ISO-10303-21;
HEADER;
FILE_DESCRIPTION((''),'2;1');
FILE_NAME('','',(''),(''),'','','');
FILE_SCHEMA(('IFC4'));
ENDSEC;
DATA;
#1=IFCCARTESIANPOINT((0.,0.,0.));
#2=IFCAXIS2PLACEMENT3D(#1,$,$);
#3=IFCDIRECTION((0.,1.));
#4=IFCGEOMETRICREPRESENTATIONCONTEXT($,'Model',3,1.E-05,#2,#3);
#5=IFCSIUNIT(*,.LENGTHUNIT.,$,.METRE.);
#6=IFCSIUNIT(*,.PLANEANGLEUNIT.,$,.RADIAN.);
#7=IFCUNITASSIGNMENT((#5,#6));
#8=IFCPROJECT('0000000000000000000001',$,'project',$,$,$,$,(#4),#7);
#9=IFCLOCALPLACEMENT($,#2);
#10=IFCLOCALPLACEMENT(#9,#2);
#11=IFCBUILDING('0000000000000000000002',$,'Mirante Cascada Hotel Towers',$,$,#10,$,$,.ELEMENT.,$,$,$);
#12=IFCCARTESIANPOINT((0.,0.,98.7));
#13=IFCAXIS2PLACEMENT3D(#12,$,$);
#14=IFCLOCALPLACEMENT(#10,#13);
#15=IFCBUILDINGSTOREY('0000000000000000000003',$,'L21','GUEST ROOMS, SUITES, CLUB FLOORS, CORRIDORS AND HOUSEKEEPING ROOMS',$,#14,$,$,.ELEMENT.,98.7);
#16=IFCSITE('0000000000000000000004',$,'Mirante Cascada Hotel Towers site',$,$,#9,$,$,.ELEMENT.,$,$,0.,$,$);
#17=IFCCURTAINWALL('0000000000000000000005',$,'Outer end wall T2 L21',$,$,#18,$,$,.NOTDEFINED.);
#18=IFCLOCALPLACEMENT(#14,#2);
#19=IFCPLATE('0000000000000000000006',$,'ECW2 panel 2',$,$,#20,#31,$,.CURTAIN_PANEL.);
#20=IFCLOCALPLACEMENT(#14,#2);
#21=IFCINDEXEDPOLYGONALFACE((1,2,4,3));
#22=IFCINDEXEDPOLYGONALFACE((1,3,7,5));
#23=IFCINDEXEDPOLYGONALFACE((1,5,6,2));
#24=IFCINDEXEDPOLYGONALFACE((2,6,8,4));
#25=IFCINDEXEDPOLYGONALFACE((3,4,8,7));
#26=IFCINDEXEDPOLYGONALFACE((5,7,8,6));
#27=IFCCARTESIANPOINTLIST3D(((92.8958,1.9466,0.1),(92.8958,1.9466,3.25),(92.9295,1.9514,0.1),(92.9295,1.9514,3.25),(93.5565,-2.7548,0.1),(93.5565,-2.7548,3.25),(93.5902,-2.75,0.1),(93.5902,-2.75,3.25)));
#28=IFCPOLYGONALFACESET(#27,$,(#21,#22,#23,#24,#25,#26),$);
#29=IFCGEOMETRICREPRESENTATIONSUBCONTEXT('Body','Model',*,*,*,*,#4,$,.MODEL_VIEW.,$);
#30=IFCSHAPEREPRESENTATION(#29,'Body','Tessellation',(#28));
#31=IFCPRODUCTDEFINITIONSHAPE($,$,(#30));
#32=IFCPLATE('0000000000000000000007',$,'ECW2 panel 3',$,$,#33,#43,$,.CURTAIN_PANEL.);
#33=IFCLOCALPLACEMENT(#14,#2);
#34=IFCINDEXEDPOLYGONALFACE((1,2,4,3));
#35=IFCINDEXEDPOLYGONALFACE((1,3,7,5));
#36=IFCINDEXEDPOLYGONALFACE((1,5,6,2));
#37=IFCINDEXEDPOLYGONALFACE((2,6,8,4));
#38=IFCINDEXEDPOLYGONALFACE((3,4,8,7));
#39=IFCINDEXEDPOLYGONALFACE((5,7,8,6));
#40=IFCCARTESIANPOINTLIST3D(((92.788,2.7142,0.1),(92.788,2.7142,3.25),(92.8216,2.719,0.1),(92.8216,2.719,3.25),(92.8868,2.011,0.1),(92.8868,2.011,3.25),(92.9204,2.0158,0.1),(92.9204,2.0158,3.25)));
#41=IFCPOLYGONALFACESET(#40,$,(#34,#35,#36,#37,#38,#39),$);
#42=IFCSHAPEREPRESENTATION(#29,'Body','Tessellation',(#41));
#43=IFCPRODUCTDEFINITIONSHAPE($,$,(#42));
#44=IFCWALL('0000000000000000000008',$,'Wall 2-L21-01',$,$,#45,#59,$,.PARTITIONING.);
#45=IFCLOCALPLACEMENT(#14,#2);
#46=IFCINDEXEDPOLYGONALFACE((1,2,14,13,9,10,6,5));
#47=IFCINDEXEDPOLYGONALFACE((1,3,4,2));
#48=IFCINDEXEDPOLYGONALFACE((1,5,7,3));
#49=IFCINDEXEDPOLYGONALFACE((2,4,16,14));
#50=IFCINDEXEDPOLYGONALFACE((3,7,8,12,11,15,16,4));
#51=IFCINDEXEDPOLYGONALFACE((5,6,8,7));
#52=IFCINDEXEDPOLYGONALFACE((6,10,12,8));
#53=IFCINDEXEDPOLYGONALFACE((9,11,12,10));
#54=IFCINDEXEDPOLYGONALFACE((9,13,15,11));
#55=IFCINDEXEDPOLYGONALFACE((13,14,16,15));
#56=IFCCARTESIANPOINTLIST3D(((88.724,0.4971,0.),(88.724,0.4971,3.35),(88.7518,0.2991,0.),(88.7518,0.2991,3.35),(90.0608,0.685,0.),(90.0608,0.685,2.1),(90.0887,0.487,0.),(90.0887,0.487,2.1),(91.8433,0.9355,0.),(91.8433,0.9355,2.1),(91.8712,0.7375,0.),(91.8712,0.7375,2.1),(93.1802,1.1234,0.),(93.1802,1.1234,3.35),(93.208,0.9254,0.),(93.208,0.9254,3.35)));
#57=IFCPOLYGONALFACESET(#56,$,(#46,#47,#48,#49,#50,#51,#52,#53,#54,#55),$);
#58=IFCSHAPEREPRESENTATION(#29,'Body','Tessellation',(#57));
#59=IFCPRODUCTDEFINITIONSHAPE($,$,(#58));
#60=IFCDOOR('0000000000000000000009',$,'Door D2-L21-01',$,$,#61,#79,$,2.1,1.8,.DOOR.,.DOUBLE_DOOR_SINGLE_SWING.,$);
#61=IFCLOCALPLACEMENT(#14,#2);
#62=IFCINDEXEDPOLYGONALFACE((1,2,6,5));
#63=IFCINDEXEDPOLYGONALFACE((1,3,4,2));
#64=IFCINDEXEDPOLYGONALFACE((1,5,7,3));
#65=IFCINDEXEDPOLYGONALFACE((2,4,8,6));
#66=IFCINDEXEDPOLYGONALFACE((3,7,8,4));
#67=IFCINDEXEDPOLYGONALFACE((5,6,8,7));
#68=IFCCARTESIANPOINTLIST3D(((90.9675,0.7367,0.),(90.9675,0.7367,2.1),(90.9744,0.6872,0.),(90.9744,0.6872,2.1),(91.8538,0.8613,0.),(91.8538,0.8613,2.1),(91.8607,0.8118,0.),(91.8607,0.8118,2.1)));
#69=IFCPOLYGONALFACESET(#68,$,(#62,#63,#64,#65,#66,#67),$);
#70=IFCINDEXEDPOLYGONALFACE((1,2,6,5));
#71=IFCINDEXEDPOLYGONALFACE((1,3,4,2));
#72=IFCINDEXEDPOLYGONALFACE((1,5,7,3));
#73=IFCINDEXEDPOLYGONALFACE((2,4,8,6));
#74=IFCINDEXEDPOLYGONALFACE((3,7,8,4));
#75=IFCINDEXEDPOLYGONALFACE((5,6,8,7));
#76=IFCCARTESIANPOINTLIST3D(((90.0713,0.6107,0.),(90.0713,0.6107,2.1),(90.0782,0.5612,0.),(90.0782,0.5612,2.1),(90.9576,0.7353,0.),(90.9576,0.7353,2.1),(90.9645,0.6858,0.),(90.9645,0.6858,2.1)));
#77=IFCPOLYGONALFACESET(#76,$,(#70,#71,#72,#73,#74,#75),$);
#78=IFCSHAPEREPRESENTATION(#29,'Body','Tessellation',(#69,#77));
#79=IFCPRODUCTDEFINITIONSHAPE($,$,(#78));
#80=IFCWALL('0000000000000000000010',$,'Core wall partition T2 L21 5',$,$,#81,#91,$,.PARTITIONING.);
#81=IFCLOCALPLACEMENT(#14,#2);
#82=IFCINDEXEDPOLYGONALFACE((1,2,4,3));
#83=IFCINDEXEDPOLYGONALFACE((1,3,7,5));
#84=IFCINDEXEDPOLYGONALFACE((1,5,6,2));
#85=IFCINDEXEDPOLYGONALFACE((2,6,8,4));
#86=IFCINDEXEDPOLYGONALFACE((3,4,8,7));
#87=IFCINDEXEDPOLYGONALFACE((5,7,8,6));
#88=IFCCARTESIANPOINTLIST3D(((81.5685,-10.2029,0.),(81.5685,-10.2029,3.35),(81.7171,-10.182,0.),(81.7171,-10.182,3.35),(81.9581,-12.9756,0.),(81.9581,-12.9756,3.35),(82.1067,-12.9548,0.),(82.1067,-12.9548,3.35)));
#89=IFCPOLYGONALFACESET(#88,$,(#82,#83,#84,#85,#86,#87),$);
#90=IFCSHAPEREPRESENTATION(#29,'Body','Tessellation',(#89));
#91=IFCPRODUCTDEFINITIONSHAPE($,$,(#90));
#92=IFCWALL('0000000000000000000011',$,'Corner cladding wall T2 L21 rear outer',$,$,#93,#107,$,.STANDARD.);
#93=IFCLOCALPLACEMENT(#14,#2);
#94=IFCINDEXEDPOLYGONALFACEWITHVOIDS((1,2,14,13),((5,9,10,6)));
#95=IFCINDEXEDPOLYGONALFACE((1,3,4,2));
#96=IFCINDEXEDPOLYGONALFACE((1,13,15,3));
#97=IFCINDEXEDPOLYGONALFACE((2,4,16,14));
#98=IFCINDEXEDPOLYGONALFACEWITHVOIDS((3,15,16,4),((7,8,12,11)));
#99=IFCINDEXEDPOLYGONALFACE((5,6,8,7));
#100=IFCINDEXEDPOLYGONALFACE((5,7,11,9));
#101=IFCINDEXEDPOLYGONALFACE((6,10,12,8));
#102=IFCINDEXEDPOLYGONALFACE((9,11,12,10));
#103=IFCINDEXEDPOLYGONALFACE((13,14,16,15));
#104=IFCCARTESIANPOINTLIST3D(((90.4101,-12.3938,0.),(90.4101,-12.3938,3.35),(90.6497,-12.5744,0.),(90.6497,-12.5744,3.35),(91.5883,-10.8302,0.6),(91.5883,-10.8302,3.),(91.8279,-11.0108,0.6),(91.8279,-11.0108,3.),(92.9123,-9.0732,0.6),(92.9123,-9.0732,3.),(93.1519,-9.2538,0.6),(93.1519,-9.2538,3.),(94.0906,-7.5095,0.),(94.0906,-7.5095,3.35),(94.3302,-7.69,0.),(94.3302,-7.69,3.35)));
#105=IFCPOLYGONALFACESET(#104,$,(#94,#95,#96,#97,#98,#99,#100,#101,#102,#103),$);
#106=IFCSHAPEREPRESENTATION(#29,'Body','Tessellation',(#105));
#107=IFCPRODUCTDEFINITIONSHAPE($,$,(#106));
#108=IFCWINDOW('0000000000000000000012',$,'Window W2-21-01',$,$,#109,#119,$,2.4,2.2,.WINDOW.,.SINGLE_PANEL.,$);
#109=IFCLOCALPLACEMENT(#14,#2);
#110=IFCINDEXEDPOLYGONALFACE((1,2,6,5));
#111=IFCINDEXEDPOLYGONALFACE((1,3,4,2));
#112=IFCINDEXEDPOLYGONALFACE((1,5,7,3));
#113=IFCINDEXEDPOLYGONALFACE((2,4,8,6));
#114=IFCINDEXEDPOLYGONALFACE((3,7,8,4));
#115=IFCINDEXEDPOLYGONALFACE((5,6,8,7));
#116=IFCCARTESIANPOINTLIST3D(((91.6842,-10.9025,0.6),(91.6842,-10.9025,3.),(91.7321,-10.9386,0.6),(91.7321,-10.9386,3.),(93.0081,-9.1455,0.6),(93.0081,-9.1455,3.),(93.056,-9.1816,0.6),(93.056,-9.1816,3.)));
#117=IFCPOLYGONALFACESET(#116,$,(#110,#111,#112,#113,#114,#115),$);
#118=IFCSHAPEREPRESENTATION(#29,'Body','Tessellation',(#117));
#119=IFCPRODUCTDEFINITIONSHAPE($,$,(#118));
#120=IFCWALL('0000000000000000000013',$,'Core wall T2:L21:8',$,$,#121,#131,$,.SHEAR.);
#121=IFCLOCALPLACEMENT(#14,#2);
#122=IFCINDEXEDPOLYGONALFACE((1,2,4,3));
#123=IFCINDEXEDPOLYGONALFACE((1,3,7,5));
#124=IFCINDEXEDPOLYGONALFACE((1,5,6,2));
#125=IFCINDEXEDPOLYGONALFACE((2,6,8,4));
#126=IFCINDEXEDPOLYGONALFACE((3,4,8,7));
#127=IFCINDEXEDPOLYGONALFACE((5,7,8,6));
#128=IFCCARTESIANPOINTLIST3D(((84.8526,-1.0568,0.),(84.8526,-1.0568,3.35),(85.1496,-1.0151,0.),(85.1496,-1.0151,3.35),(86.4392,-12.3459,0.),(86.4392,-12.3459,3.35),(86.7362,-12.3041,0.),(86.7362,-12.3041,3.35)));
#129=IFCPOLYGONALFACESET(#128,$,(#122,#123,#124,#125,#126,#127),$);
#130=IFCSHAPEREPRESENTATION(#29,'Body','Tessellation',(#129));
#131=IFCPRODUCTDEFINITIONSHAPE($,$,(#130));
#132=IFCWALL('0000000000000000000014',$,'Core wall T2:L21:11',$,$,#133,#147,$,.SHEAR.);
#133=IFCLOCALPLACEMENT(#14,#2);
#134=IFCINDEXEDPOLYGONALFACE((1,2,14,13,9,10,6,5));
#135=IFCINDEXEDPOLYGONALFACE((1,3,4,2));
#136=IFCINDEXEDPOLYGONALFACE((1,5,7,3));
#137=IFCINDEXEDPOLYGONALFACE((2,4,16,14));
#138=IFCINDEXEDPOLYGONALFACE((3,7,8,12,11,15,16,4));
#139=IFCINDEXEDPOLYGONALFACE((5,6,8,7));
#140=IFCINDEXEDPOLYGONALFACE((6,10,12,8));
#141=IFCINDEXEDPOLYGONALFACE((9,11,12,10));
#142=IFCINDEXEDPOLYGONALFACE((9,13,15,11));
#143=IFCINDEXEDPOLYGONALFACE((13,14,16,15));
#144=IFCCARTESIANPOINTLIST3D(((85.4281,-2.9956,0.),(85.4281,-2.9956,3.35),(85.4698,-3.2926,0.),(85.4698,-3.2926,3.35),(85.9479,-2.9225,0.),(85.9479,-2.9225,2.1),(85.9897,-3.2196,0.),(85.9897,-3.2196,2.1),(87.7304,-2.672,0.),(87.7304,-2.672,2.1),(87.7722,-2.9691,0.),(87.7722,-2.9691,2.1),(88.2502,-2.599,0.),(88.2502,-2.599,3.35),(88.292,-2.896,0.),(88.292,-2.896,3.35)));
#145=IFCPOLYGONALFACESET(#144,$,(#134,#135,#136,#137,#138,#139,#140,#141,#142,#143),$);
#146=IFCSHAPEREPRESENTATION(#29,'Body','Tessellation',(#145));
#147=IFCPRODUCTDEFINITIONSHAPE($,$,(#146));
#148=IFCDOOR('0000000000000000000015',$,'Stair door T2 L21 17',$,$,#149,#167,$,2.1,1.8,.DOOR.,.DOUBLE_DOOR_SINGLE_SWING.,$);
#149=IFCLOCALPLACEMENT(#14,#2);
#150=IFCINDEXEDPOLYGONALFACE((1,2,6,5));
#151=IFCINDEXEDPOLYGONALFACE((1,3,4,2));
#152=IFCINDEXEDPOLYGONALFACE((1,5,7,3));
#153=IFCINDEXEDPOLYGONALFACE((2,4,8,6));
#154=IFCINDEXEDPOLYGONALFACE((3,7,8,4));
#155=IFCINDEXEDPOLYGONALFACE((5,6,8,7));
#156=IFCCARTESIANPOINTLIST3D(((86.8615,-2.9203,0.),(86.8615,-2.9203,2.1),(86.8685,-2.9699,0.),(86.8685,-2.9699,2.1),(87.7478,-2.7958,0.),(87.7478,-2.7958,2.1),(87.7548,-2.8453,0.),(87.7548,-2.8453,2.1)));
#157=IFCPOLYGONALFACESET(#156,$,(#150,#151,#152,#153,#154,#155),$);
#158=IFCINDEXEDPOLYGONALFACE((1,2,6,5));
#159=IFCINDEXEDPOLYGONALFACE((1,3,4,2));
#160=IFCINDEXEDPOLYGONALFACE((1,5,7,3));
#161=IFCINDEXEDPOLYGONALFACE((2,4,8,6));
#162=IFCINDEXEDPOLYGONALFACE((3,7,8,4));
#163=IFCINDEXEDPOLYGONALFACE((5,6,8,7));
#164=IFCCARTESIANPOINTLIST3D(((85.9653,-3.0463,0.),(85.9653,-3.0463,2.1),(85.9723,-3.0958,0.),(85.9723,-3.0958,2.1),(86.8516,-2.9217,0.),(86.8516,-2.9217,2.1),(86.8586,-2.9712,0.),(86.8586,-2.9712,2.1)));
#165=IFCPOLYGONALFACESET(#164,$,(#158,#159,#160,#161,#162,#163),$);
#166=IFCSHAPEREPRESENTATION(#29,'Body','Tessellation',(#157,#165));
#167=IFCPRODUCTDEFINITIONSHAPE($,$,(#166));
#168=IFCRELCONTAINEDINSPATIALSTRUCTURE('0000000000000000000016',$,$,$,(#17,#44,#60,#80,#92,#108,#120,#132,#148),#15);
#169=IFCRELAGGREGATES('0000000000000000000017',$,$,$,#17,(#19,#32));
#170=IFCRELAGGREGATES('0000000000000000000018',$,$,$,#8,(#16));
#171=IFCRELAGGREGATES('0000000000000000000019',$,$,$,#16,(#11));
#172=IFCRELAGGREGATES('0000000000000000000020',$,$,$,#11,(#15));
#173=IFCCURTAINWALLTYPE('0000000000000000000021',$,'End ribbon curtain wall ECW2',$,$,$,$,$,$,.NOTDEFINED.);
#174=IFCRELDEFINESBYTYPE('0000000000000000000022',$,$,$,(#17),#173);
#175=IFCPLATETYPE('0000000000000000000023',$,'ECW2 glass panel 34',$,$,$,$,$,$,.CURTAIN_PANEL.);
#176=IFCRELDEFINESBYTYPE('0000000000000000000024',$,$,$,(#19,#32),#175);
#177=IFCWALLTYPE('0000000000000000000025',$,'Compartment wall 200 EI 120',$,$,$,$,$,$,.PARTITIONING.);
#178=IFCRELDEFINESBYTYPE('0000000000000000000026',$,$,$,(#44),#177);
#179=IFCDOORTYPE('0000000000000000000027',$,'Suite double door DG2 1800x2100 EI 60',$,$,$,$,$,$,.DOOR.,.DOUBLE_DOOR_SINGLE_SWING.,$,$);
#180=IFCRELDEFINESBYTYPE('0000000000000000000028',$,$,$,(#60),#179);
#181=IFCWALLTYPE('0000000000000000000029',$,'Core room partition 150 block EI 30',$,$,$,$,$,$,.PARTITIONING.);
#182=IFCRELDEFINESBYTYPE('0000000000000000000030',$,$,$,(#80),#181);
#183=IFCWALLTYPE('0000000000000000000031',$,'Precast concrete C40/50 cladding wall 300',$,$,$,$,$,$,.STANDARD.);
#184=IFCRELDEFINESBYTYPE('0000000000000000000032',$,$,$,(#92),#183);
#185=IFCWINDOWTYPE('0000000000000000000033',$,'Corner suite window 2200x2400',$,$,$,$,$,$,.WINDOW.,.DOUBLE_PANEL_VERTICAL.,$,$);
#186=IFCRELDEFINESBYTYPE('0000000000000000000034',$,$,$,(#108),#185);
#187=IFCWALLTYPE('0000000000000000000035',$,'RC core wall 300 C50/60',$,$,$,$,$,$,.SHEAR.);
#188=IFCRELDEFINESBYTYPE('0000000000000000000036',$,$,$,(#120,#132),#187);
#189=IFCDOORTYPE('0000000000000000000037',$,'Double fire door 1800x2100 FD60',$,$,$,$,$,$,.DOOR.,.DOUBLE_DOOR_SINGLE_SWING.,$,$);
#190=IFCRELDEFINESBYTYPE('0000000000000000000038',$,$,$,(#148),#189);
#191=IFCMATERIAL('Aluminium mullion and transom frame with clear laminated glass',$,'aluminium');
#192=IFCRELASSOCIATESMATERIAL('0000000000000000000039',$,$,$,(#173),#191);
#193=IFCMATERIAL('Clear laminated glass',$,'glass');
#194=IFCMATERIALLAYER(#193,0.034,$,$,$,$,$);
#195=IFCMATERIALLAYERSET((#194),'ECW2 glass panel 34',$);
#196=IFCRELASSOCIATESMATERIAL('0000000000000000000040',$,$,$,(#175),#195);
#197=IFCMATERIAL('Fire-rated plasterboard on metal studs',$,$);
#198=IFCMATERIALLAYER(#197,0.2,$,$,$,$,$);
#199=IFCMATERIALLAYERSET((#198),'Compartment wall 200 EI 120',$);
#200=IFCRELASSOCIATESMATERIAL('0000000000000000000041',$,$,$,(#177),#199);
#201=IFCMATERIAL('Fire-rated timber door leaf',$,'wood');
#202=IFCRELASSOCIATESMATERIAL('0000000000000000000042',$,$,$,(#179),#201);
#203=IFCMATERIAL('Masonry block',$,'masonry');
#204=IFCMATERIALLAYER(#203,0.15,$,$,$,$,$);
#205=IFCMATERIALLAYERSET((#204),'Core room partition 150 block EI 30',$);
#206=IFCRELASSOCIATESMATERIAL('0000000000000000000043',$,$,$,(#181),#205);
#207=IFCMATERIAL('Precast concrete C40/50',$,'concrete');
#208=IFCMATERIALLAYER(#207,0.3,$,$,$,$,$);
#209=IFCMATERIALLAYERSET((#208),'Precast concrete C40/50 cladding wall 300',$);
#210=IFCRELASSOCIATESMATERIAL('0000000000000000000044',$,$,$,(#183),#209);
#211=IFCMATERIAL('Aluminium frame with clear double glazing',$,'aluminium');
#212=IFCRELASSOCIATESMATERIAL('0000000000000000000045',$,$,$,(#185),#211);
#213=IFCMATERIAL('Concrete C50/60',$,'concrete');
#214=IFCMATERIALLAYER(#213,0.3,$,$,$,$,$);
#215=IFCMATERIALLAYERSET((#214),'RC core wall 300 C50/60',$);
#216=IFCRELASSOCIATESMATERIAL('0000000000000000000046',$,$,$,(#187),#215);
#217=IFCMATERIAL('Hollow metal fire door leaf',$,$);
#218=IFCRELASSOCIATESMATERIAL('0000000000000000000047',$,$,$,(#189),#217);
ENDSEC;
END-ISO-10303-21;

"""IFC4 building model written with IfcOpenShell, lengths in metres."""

from ifc_helpers import new_model, si_unit, direction, frame, frame_2d, origin, origin_2d, place, context, subcontext, project, spatial, rectangle, extrude, material, layer, layer_set, type_object, element, fill, aggregate, save


model = new_model("IFC4")

# Units and contexts
model_context = context("Model", 3, precision=1e-05, world=origin(), true_north=direction((0.0, 1.0)))
body_context = subcontext(model_context, "Body", "Model", "MODEL_VIEW")
ifc_project = project(units=[si_unit("LENGTHUNIT", "METRE"), si_unit("PLANEANGLEUNIT", "RADIAN")], contexts=[model_context])

# Site, building, storey
site_placement = place(None, origin())
site = spatial("IfcSite", under=ifc_project, at=site_placement, Name="Mirante Cascada Hotel Towers site", CompositionType="ELEMENT", RefElevation=0.0)
building_placement = place(site_placement, origin())
building = spatial("IfcBuilding", under=site, at=building_placement, Name="Mirante Cascada Hotel Towers", CompositionType="ELEMENT")
storey_placement = place(building_placement, frame((0.0, 0.0, 98.7)))
storey = spatial("IfcBuildingStorey", under=building, at=storey_placement, Name="L21", Description="GUEST ROOMS, SUITES, CLUB FLOORS, CORRIDORS AND HOUSEKEEPING ROOMS", CompositionType="ELEMENT", Elevation=98.7)

# Curtain wall, plates
ifc_material_1 = material(Name="Aluminium mullion and transom frame with clear laminated glass", Category="aluminium")
curtain_wall_type = type_object("IfcCurtainWallType", Name="End ribbon curtain wall ECW2", PredefinedType="NOTDEFINED", material=ifc_material_1)
curtain_wall_placement = place(storey_placement, origin())
curtain_wall = element("IfcCurtainWall", 1, at=curtain_wall_placement, inside=storey, type_object=curtain_wall_type, Name="Outer end wall T2 L21", PredefinedType="NOTDEFINED")
ifc_material_2 = material(Name="Clear laminated glass", Category="glass")
ifc_layer_1 = layer(ifc_material_2, 0.034)
ifc_layer_set_1 = layer_set([ifc_layer_1], Name="ECW2 glass panel 34")
plate_type = type_object("IfcPlateType", Name="ECW2 glass panel 34", PredefinedType="CURTAIN_PANEL", material=ifc_layer_set_1)
plate_1_placement = place(storey_placement, frame((93.243, -0.4017, 0.1), z_axis=(0.0, 0.0, 1.0), x_axis=(-0.139173, 0.990268, 0.0)))
plate_1 = element("IfcPlate", 2, at=plate_1_placement, type_object=plate_type, Name="ECW2 panel 2", PredefinedType="CURTAIN_PANEL", context=body_context, shape_type="SweptSolid", body=[
    extrude(rectangle(XDim=4.7476, YDim=0.034, at=origin_2d()), origin(), (0.0, 0.0, 1.0), 3.15),
])
plate_2_placement = place(storey_placement, frame((92.8542, 2.365, 0.1), z_axis=(0.0, 0.0, 1.0), x_axis=(-0.139173, 0.990268, 0.0)))
plate_2 = element("IfcPlate", 3, at=plate_2_placement, type_object=plate_type, Name="ECW2 panel 3", PredefinedType="CURTAIN_PANEL", context=body_context, shape_type="SweptSolid", body=[
    extrude(rectangle(XDim=0.7101, YDim=0.034, at=origin_2d()), origin(), (0.0, 0.0, 1.0), 3.15),
])
aggregate(curtain_wall, [plate_1, plate_2])

# Wall, opening, door
ifc_material_3 = material(Name="Fire-rated plasterboard on metal studs")
ifc_layer_2 = layer(ifc_material_3, 0.2)
ifc_layer_set_2 = layer_set([ifc_layer_2], Name="Compartment wall 200 EI 120")
wall_type_1 = type_object("IfcWallType", Name="Compartment wall 200 EI 120", PredefinedType="PARTITIONING", material=ifc_layer_set_2)
wall_1_placement = place(storey_placement, frame((93.1941, 1.0244, 0.0), z_axis=(0.0, 0.0, 1.0), x_axis=(-0.990267, -0.139178, 0.0)))
wall_1 = element("IfcWall", 4, at=wall_1_placement, inside=storey, type_object=wall_type_1, Name="Wall 2-L21-01", PredefinedType="PARTITIONING", context=body_context, shape_type="SweptSolid", body=[
    extrude(rectangle(XDim=4.5, YDim=0.2, at=frame_2d((2.25, 0.0))), origin(), (0.0, 0.0, 1.0), 3.35),
])
opening_1_placement = place(wall_1_placement, frame((1.35, 0.0, 0.0)))
opening_1 = element("IfcOpeningElement", 5, at=opening_1_placement, cuts=wall_1, PredefinedType="OPENING", context=body_context, shape_type="SweptSolid", body=[
    extrude(rectangle(XDim=1.8, YDim=2.1, at=frame_2d((0.9, 1.05))), frame((0.0, 0.1, 0.0), z_axis=(0.0, -1.0, 0.0), x_axis=(1.0, 0.0, 0.0)), (0.0, 0.0, 1.0), 0.2),
])
ifc_material_4 = material(Name="Fire-rated timber door leaf", Category="wood")
door_type_1 = type_object("IfcDoorType", Name="Suite double door DG2 1800x2100 EI 60", OperationType="DOUBLE_DOOR_SINGLE_SWING", PredefinedType="DOOR", material=ifc_material_4)
door_1_placement = place(opening_1_placement, origin())
door_1 = element("IfcDoor", 6, at=door_1_placement, inside=storey, type_object=door_type_1, Name="Door D2-L21-01", OperationType="DOUBLE_DOOR_SINGLE_SWING", OverallHeight=2.1, OverallWidth=1.8, PredefinedType="DOOR", context=body_context, shape_type="SweptSolid", body=[
    extrude(rectangle(XDim=0.895, YDim=2.1, at=frame_2d((0.4475, 1.05))), frame((0.0, 0.025, 0.0), z_axis=(0.0, -1.0, 0.0), x_axis=(1.0, 0.0, 0.0)), (0.0, 0.0, 1.0), 0.05),
    extrude(rectangle(XDim=0.895, YDim=2.1, at=frame_2d((1.3525, 1.05))), frame((0.0, 0.025, 0.0), z_axis=(0.0, -1.0, 0.0), x_axis=(1.0, 0.0, 0.0)), (0.0, 0.0, 1.0), 0.05),
])
fill(opening_1, door_1)

# Wall
ifc_material_5 = material(Name="Masonry block", Category="masonry")
ifc_layer_3 = layer(ifc_material_5, 0.15)
ifc_layer_set_3 = layer_set([ifc_layer_3], Name="Core room partition 150 block EI 30")
wall_type_2 = type_object("IfcWallType", Name="Core room partition 150 block EI 30", PredefinedType="PARTITIONING", material=ifc_layer_set_3)
wall_2_placement = place(storey_placement, frame((82.0324, -12.9652, 0.0), z_axis=(0.0, 0.0, 1.0), x_axis=(-0.139141, 0.990273, 0.0)))
element("IfcWall", 7, at=wall_2_placement, inside=storey, type_object=wall_type_2, Name="Core wall partition T2 L21 5", PredefinedType="PARTITIONING", context=body_context, shape_type="SweptSolid", body=[
    extrude(rectangle(XDim=2.8, YDim=0.15, at=frame_2d((1.4, 0.0))), origin(), (0.0, 0.0, 1.0), 3.35),
])

# Wall, opening, window
ifc_material_6 = material(Name="Precast concrete C40/50", Category="concrete")
ifc_layer_4 = layer(ifc_material_6, 0.3)
ifc_layer_set_4 = layer_set([ifc_layer_4], Name="Precast concrete C40/50 cladding wall 300")
wall_type_3 = type_object("IfcWallType", Name="Precast concrete C40/50 cladding wall 300", PredefinedType="STANDARD", material=ifc_layer_set_4)
wall_3_placement = place(storey_placement, frame((90.5299, -12.4841, 0.0), z_axis=(0.0, 0.0, 1.0), x_axis=(0.601806, 0.798642, 0.0)))
wall_3 = element("IfcWall", 8, at=wall_3_placement, inside=storey, type_object=wall_type_3, Name="Corner cladding wall T2 L21 rear outer", PredefinedType="STANDARD", context=body_context, shape_type="SweptSolid", body=[
    extrude(rectangle(XDim=6.1158, YDim=0.3, at=frame_2d((3.0579, 0.0))), origin(), (0.0, 0.0, 1.0), 3.35),
])
opening_2_placement = place(wall_3_placement, frame((1.9578, 0.0, 0.6)))
opening_2 = element("IfcOpeningElement", 9, at=opening_2_placement, cuts=wall_3, PredefinedType="OPENING", context=body_context, shape_type="SweptSolid", body=[
    extrude(rectangle(XDim=2.2, YDim=2.4, at=frame_2d((1.1, 1.2))), frame((0.0, 0.15, 0.0), z_axis=(0.0, -1.0, 0.0), x_axis=(1.0, 0.0, 0.0)), (0.0, 0.0, 1.0), 0.3),
])
ifc_material_7 = material(Name="Aluminium frame with clear double glazing", Category="aluminium")
window_type = type_object("IfcWindowType", Name="Corner suite window 2200x2400", PartitioningType="DOUBLE_PANEL_VERTICAL", PredefinedType="WINDOW", material=ifc_material_7)
window_placement = place(opening_2_placement, origin())
window = element("IfcWindow", 10, at=window_placement, inside=storey, type_object=window_type, Name="Window W2-21-01", OverallHeight=2.4, OverallWidth=2.2, PartitioningType="SINGLE_PANEL", PredefinedType="WINDOW", context=body_context, shape_type="SweptSolid", body=[
    extrude(rectangle(XDim=2.2, YDim=2.4, at=frame_2d((1.1, 1.2))), frame((0.0, 0.03, 0.0), z_axis=(0.0, -1.0, 0.0), x_axis=(1.0, 0.0, 0.0)), (0.0, 0.0, 1.0), 0.06),
])
fill(opening_2, window)

# Wall
ifc_material_8 = material(Name="Concrete C50/60", Category="concrete")
ifc_layer_5 = layer(ifc_material_8, 0.3)
ifc_layer_set_5 = layer_set([ifc_layer_5], Name="RC core wall 300 C50/60")
wall_type_4 = type_object("IfcWallType", Name="RC core wall 300 C50/60", PredefinedType="SHEAR", material=ifc_layer_set_5)
wall_4_placement = place(storey_placement, frame((86.5877, -12.325, 0.0), z_axis=(0.0, 0.0, 1.0), x_axis=(-0.139175, 0.990268, 0.0)))
element("IfcWall", 11, at=wall_4_placement, inside=storey, type_object=wall_type_4, Name="Core wall T2:L21:8", PredefinedType="SHEAR", context=body_context, shape_type="SweptSolid", body=[
    extrude(rectangle(XDim=11.4, YDim=0.3, at=frame_2d((5.7, 0.0))), origin(), (0.0, 0.0, 1.0), 3.35),
])

# Wall, opening, door
wall_5_placement = place(storey_placement, frame((85.4489, -3.1441, 0.0), z_axis=(0.0, 0.0, 1.0), x_axis=(0.99027, 0.139161, 0.0)))
wall_5 = element("IfcWall", 12, at=wall_5_placement, inside=storey, type_object=wall_type_4, Name="Core wall T2:L21:11", PredefinedType="SHEAR", context=body_context, shape_type="SweptSolid", body=[
    extrude(rectangle(XDim=2.8499, YDim=0.3, at=frame_2d((1.425, 0.0))), origin(), (0.0, 0.0, 1.0), 3.35),
])
opening_3_placement = place(wall_5_placement, frame((0.525, 0.0, 0.0)))
opening_3 = element("IfcOpeningElement", 13, at=opening_3_placement, cuts=wall_5, PredefinedType="OPENING", context=body_context, shape_type="SweptSolid", body=[
    extrude(rectangle(XDim=1.8, YDim=2.1, at=frame_2d((0.9, 1.05))), frame((0.0, 0.15, 0.0), z_axis=(0.0, -1.0, 0.0), x_axis=(1.0, 0.0, 0.0)), (0.0, 0.0, 1.0), 0.3),
])
ifc_material_9 = material(Name="Hollow metal fire door leaf")
door_type_2 = type_object("IfcDoorType", Name="Double fire door 1800x2100 FD60", OperationType="DOUBLE_DOOR_SINGLE_SWING", PredefinedType="DOOR", material=ifc_material_9)
door_2_placement = place(opening_3_placement, frame((1.8, 0.0, 0.0), z_axis=(0.0, 0.0, 1.0), x_axis=(-1.0, 0.0, 0.0)))
door_2 = element("IfcDoor", 14, at=door_2_placement, inside=storey, type_object=door_type_2, Name="Stair door T2 L21 17", OperationType="DOUBLE_DOOR_SINGLE_SWING", OverallHeight=2.1, OverallWidth=1.8, PredefinedType="DOOR", context=body_context, shape_type="SweptSolid", body=[
    extrude(rectangle(XDim=0.895, YDim=2.1, at=frame_2d((0.4475, 1.05))), frame((0.0, 0.025, 0.0), z_axis=(0.0, -1.0, 0.0), x_axis=(1.0, 0.0, 0.0)), (0.0, 0.0, 1.0), 0.05),
    extrude(rectangle(XDim=0.895, YDim=2.1, at=frame_2d((1.3525, 1.05))), frame((0.0, 0.025, 0.0), z_axis=(0.0, -1.0, 0.0), x_axis=(1.0, 0.0, 0.0)), (0.0, 0.0, 1.0), 0.05),
])
fill(opening_3, door_2)

save(model, "model.ifc")
